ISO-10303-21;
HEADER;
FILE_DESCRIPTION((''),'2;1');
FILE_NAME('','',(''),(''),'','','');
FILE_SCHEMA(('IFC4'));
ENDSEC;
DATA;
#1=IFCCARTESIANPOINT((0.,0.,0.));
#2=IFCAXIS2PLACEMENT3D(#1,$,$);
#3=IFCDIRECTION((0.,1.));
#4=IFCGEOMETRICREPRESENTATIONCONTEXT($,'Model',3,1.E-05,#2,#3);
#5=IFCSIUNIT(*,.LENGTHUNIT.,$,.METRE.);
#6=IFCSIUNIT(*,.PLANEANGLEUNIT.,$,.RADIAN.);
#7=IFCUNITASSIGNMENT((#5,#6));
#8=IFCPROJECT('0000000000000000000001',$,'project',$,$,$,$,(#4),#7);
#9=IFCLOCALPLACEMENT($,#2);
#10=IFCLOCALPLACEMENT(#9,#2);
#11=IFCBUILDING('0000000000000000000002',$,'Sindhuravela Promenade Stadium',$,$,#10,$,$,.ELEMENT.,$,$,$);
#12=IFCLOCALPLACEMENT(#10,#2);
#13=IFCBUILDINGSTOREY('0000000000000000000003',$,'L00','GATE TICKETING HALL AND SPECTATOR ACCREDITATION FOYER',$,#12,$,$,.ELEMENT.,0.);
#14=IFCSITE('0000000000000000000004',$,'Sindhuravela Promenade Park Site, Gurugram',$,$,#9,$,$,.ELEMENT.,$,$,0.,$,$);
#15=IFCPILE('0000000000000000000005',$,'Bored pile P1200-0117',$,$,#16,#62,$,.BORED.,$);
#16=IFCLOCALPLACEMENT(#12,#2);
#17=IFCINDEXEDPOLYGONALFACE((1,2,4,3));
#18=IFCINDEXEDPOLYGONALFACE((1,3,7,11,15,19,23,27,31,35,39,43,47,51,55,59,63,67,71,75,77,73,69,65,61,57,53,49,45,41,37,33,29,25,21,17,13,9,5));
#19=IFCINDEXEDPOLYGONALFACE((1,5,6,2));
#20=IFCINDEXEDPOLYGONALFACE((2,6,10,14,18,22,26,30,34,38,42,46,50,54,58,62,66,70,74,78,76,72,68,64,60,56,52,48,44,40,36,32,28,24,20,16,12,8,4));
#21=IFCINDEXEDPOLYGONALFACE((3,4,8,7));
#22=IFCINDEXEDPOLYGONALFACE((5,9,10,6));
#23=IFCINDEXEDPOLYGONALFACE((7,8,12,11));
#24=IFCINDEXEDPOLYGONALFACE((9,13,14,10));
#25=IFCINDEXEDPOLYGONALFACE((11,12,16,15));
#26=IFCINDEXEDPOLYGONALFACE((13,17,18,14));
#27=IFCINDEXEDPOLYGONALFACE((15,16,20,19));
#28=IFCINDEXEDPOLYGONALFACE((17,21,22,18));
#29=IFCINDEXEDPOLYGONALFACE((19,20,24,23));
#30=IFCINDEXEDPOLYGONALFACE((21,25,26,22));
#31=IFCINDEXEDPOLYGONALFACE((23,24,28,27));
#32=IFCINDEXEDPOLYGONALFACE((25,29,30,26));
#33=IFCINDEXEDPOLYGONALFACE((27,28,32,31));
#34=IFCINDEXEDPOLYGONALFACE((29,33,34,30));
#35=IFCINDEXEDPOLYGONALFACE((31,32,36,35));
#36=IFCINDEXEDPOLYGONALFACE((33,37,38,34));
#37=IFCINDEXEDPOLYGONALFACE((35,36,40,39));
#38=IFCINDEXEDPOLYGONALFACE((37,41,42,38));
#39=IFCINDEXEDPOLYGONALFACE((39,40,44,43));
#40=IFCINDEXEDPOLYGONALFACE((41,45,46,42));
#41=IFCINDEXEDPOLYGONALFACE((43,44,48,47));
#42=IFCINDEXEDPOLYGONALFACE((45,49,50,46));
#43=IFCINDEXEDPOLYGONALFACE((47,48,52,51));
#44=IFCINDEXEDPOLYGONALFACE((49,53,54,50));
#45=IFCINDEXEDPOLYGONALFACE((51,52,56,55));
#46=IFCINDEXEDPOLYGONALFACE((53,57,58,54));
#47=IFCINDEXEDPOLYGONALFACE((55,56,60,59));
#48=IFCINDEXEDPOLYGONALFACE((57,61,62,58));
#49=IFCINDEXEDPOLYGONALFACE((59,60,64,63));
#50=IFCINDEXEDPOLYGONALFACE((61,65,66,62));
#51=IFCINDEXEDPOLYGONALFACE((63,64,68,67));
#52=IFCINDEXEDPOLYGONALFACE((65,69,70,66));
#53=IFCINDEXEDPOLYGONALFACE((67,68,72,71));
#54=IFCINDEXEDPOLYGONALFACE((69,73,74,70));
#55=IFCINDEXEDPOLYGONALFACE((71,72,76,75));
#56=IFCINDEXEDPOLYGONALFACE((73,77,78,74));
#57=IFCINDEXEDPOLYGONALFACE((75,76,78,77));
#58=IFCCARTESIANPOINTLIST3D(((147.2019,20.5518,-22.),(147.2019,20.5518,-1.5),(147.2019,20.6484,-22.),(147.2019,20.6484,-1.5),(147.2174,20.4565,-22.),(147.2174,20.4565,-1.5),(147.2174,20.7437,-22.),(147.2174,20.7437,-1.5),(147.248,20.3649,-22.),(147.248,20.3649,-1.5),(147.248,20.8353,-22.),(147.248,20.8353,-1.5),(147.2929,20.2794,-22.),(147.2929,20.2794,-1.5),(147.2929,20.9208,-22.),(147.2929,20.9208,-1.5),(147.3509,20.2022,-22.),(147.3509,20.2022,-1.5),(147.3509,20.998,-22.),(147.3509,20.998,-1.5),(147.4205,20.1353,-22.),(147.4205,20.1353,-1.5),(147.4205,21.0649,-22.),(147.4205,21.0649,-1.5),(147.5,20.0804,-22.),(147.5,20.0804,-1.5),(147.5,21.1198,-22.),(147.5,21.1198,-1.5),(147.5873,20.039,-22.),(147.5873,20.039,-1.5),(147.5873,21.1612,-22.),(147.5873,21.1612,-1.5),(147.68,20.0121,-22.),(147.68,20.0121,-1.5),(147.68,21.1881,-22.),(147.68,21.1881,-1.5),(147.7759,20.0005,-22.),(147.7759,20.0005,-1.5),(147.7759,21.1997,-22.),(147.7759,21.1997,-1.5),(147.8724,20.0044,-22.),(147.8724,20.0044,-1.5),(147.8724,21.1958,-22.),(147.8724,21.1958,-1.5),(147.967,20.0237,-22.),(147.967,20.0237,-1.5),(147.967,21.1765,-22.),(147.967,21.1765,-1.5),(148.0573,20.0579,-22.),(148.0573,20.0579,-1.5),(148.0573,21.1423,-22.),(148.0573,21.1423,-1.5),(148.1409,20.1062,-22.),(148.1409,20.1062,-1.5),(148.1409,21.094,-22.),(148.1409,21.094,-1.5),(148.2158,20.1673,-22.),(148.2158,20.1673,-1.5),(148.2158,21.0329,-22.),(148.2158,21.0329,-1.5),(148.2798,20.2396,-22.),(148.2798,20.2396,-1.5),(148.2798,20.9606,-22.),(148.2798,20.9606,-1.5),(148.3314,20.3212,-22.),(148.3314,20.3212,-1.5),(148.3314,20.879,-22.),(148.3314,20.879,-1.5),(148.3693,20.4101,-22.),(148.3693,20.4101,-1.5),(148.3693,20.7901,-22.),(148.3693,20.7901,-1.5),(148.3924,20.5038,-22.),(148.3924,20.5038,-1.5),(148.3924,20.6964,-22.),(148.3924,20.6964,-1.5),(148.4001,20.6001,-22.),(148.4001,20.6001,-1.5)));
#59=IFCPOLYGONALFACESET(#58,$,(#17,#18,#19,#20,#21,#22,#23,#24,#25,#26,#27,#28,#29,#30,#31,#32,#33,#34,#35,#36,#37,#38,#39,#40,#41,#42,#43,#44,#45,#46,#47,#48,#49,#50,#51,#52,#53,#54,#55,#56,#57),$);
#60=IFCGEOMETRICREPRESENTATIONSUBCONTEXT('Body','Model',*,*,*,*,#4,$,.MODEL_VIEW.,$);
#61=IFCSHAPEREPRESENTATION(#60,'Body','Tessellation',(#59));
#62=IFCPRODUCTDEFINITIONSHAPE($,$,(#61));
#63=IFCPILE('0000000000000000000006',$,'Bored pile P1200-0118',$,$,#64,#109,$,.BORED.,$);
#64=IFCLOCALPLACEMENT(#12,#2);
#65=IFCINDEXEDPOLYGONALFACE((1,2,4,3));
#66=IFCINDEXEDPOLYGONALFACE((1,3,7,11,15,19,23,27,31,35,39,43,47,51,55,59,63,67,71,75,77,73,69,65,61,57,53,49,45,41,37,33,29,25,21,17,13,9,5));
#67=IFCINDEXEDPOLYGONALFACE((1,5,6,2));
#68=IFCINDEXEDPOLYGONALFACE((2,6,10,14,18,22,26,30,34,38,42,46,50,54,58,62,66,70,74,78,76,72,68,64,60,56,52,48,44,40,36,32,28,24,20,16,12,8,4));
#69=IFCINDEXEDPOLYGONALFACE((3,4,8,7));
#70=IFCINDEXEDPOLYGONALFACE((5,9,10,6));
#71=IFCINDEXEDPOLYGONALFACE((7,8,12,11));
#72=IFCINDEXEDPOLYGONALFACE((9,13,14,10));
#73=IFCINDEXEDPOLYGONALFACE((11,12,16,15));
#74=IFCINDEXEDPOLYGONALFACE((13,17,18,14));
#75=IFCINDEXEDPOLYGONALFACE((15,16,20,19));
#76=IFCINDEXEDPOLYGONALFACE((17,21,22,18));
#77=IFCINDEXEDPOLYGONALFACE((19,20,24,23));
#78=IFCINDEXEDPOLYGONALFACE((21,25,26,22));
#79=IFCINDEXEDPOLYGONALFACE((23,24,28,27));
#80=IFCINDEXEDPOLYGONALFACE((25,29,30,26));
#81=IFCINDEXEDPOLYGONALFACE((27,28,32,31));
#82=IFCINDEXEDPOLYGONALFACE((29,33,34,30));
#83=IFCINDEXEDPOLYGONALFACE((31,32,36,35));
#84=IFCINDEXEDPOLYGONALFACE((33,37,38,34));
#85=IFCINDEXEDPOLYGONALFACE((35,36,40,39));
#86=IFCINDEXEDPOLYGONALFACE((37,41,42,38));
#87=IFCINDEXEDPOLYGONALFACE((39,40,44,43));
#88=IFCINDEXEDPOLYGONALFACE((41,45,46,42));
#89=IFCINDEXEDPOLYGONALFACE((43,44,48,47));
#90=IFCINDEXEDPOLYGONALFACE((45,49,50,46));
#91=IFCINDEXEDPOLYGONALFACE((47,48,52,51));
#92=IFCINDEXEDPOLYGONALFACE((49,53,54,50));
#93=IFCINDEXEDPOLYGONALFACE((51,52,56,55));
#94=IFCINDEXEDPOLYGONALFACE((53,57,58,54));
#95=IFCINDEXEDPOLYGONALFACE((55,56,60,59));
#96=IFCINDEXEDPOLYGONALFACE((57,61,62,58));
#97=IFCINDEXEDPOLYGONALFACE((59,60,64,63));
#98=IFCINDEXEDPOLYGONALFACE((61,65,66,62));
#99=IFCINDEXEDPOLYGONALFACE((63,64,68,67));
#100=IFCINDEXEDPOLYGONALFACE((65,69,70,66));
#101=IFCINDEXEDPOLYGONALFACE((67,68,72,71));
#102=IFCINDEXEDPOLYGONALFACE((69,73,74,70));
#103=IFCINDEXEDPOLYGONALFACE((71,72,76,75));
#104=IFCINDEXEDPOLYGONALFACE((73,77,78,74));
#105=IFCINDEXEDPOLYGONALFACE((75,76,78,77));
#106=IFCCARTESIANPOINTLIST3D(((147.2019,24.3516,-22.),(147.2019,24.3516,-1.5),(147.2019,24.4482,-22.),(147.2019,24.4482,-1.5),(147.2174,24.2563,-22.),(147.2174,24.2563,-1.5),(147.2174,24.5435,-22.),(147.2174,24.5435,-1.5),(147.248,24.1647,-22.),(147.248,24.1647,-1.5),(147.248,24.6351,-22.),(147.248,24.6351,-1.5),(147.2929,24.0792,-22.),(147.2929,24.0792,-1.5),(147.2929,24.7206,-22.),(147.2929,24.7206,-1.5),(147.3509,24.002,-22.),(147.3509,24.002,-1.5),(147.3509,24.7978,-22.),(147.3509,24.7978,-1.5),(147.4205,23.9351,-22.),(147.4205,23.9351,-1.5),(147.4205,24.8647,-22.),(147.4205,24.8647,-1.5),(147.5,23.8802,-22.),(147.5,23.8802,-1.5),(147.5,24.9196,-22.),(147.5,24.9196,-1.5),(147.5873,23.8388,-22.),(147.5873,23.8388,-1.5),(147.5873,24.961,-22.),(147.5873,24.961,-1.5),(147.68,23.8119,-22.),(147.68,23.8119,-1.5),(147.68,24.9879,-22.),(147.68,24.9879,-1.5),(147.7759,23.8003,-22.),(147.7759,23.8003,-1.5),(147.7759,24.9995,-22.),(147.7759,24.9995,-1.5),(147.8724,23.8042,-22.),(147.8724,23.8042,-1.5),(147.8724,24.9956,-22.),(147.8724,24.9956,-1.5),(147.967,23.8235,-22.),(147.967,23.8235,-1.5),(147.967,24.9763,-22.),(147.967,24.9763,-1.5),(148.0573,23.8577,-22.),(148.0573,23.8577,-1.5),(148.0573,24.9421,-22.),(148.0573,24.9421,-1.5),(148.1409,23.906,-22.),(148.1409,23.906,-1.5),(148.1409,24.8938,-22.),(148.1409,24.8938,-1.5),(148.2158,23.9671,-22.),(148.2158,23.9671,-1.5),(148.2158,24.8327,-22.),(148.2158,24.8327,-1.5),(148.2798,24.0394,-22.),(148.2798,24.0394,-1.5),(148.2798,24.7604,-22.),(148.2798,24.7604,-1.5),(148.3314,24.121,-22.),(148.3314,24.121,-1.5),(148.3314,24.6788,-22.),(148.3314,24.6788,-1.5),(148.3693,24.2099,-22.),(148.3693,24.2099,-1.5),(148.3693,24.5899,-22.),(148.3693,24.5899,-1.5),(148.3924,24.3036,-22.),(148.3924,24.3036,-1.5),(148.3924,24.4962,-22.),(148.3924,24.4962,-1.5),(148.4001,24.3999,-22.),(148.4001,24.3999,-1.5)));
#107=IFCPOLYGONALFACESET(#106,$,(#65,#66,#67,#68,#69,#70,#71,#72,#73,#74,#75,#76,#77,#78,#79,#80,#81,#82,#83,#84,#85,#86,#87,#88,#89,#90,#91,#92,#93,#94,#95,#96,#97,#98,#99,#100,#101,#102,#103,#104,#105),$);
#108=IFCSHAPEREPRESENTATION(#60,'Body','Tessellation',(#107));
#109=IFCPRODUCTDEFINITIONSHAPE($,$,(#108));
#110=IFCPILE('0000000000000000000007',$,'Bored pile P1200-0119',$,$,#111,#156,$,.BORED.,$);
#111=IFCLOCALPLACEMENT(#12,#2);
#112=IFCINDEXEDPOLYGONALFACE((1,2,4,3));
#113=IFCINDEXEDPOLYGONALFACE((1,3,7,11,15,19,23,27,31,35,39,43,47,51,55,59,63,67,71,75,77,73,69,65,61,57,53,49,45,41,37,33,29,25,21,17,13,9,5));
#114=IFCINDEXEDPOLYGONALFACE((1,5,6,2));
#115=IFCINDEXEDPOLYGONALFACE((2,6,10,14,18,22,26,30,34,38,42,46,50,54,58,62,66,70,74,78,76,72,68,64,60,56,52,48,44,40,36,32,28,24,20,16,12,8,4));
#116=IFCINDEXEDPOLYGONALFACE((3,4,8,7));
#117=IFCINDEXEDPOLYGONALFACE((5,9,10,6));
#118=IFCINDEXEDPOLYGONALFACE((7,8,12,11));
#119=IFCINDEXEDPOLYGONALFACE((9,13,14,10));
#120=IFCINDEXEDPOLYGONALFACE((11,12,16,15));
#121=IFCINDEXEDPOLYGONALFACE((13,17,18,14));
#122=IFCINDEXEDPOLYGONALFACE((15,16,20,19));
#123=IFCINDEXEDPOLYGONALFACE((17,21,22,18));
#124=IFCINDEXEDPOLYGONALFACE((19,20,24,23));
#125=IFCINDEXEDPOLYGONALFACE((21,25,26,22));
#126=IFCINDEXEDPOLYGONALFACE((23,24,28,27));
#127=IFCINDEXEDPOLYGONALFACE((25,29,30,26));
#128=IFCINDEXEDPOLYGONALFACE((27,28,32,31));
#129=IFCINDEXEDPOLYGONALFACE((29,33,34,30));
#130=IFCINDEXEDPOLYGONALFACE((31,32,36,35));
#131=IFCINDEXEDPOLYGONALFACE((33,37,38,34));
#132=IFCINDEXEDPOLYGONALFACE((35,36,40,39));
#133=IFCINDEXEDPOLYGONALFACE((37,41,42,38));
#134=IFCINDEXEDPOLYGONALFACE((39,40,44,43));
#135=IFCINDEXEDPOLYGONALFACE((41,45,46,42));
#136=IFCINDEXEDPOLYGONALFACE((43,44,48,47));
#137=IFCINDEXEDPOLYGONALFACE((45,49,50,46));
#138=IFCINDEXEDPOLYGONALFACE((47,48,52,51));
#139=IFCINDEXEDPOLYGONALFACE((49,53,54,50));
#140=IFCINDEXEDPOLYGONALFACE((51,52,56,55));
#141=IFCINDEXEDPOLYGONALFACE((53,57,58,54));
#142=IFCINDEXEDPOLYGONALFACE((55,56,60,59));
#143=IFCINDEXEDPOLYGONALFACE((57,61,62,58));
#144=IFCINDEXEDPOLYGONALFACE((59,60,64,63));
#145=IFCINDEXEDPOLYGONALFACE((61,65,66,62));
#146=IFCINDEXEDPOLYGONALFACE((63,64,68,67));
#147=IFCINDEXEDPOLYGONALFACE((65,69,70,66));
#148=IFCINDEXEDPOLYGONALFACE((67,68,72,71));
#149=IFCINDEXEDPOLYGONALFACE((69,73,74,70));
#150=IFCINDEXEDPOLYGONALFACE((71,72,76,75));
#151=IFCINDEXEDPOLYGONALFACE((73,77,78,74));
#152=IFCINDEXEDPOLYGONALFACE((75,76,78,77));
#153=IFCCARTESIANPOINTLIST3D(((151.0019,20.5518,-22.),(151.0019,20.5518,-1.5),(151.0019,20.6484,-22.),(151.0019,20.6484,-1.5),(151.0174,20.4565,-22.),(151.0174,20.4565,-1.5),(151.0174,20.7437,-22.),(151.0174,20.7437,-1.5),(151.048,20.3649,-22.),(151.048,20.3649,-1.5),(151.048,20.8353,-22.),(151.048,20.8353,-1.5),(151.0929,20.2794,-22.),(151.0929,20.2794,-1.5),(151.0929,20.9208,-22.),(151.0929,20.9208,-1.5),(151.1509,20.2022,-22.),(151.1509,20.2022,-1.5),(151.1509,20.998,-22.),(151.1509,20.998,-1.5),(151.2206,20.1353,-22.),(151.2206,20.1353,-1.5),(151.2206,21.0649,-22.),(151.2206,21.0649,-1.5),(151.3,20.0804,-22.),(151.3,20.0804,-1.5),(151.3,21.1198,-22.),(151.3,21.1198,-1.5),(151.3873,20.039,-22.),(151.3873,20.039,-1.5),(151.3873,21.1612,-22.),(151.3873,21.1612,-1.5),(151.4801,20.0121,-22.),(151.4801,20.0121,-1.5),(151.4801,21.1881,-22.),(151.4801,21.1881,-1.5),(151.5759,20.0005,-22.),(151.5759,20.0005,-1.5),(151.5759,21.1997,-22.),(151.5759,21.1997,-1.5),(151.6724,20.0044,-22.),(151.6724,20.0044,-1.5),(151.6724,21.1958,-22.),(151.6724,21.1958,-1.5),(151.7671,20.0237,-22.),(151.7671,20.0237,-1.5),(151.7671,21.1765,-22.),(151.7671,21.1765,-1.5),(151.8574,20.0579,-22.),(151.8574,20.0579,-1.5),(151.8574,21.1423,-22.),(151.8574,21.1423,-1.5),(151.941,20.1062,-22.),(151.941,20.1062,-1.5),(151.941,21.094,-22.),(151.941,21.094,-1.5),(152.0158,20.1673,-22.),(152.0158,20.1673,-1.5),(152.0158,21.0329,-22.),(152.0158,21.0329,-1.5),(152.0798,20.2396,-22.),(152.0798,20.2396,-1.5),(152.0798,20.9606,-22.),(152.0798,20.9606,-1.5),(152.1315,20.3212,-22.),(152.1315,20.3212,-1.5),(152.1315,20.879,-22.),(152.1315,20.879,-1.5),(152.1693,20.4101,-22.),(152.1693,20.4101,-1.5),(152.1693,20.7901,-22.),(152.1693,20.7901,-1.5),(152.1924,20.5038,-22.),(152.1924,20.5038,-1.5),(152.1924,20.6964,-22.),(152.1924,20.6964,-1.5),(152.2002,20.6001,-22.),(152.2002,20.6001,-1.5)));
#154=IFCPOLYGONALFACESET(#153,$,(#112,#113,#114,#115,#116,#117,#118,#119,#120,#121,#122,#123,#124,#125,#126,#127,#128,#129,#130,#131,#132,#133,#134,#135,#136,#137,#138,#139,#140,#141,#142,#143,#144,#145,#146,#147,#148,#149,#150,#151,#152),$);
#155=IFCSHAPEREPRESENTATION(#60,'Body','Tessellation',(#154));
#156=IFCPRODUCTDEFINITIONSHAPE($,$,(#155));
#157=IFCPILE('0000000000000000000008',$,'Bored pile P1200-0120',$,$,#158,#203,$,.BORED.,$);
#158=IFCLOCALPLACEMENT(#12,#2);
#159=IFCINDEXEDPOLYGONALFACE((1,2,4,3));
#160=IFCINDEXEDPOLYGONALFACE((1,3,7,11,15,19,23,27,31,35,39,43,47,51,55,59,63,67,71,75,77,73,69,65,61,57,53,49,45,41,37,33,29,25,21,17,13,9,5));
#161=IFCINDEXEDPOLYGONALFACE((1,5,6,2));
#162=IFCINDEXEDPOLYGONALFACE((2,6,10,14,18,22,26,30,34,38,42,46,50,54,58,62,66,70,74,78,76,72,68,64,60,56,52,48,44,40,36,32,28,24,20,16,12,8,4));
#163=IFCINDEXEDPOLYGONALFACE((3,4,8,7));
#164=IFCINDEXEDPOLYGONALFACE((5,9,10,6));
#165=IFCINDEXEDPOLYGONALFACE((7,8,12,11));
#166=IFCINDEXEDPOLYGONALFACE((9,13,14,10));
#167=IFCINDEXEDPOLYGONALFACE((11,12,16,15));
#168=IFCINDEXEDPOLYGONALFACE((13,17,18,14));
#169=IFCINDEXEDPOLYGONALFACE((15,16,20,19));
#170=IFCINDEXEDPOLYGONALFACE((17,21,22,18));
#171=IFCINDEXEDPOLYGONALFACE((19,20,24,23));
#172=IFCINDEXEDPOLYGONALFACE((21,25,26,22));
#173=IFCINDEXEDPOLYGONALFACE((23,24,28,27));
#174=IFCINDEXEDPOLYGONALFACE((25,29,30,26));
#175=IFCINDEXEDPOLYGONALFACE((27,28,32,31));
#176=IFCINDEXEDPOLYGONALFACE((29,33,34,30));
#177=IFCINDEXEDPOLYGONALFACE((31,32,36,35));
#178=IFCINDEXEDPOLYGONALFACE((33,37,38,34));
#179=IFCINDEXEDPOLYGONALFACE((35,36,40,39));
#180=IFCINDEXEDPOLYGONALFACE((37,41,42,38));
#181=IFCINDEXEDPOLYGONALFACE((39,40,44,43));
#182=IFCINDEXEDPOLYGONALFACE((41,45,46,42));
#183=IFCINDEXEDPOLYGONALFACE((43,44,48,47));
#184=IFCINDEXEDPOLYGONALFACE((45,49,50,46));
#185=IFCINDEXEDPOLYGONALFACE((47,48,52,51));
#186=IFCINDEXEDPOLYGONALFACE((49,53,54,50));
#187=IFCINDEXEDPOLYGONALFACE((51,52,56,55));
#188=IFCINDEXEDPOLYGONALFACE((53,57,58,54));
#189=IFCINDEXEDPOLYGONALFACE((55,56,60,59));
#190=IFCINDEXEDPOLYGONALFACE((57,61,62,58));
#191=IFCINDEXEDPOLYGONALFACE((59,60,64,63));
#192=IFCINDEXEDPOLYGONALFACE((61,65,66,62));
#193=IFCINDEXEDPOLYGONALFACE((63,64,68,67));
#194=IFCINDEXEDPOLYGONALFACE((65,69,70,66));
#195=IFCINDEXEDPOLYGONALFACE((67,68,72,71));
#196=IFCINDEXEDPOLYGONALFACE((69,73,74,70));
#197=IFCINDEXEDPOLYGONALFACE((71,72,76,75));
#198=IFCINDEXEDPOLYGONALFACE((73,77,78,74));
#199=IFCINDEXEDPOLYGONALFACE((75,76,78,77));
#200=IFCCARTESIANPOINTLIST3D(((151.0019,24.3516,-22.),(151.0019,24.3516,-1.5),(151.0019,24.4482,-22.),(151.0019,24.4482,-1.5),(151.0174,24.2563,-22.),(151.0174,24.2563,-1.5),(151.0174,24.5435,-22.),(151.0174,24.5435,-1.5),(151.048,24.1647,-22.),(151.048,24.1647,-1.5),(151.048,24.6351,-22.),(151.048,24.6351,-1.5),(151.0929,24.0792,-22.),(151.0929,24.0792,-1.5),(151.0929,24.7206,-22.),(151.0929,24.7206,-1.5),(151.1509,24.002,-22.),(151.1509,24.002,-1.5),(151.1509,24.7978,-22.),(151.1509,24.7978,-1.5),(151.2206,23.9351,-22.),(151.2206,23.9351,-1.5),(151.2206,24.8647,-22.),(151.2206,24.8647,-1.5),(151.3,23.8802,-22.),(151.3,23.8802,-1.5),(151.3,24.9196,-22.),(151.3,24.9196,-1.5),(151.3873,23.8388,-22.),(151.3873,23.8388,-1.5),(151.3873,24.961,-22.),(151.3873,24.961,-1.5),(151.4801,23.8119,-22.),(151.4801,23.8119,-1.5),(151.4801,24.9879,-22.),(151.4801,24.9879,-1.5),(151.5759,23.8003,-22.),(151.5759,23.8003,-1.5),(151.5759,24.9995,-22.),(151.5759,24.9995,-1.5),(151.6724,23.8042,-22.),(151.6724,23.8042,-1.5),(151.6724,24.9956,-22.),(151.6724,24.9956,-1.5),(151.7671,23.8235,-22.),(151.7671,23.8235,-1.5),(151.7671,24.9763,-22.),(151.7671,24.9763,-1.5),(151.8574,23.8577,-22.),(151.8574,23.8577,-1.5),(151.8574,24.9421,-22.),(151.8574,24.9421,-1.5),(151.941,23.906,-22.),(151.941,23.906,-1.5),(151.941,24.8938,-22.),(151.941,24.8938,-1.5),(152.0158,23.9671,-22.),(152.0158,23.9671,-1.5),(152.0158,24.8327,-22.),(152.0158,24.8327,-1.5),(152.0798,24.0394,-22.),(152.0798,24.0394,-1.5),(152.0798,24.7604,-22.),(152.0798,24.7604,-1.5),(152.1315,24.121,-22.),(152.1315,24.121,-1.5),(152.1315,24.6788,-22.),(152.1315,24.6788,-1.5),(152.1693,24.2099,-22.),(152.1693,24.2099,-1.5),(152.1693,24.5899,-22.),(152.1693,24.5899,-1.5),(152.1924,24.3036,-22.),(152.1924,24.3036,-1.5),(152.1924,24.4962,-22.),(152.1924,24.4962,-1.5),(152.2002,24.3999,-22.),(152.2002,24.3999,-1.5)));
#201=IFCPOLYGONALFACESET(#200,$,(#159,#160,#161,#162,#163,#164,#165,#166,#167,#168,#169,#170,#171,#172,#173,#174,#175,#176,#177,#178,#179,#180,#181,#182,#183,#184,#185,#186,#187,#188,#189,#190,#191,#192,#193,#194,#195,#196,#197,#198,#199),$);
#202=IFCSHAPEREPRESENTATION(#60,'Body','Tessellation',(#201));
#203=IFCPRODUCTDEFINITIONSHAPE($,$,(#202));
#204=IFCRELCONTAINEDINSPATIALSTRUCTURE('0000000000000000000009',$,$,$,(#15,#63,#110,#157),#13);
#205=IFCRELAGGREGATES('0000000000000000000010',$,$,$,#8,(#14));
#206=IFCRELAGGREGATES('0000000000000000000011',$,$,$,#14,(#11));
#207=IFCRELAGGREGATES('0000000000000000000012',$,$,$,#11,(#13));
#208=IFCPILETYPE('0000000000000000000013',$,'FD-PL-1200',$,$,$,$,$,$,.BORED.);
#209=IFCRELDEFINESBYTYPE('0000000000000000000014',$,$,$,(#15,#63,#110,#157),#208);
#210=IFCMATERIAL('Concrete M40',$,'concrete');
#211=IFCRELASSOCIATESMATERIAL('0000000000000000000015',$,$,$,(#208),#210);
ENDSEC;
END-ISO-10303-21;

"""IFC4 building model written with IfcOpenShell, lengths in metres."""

from ifc_helpers import new_model, si_unit, direction, frame, origin, origin_2d, place, context, subcontext, project, spatial, circle, extrude, material, material_profile, profile_set, type_object, element, save


model = new_model("IFC4")

# Units and contexts
model_context = context("Model", 3, precision=1e-05, world=origin(), true_north=direction((0.0, 1.0)))
body_context = subcontext(model_context, "Body", "Model", "MODEL_VIEW")
ifc_project = project(units=[si_unit("LENGTHUNIT", "METRE"), si_unit("PLANEANGLEUNIT", "RADIAN")], contexts=[model_context])

# Site, building, storey
site_placement = place(None, origin())
site = spatial("IfcSite", under=ifc_project, at=site_placement, Name="Sindhuravela Promenade Park Site, Gurugram", CompositionType="ELEMENT", RefElevation=0.0)
building_placement = place(site_placement, origin())
building = spatial("IfcBuilding", under=site, at=building_placement, Name="Sindhuravela Promenade Stadium", CompositionType="ELEMENT")
storey_placement = place(building_placement, origin())
storey = spatial("IfcBuildingStorey", under=building, at=storey_placement, Name="L00", Description="GATE TICKETING HALL AND SPECTATOR ACCREDITATION FOYER", CompositionType="ELEMENT", Elevation=0.0)

# Piles
ifc_material_1 = material(Name="Concrete M40", Category="concrete")
ifc_material_profile_1 = material_profile(ifc_material_1, circle(Radius=0.6001, at=origin_2d()), Name="BORED PILE D1200")
ifc_profile_set_1 = profile_set([ifc_material_profile_1], Name="Concrete M40")
pile_type_1 = type_object("IfcPileType", Name="FD-PL-1200", PredefinedType="BORED", material=ifc_profile_set_1)
for number, where, z_axis, x_axis, name in (
    (1, (147.8, 20.6001, -1.5), (0.0, 0.0, -1.0), (1.0, 0.0, 0.0), "Bored pile P1200-0117"),
    (2, (147.8, 24.3999, -1.5), (0.0, 0.0, -1.0), (1.0, 0.0, 0.0), "Bored pile P1200-0118"),
    (3, (151.6001, 20.6001, -1.5), (0.0, 0.0, -1.0), (1.0, 0.0, 0.0), "Bored pile P1200-0119"),
    (4, (151.6001, 24.3999, -1.5), (0.0, 0.0, -1.0), (1.0, 0.0, 0.0), "Bored pile P1200-0120"),
):
    element("IfcPile", number, at=place(storey_placement, frame(where, z_axis=z_axis, x_axis=x_axis)), inside=storey, type_object=pile_type_1, Name=name, PredefinedType="BORED", context=body_context, shape_type="SweptSolid", body=[
        extrude(circle(Radius=0.6001, at=origin_2d()), origin(), (0.0, 0.0, 1.0), 20.5),
    ])

save(model, "model.ifc")
